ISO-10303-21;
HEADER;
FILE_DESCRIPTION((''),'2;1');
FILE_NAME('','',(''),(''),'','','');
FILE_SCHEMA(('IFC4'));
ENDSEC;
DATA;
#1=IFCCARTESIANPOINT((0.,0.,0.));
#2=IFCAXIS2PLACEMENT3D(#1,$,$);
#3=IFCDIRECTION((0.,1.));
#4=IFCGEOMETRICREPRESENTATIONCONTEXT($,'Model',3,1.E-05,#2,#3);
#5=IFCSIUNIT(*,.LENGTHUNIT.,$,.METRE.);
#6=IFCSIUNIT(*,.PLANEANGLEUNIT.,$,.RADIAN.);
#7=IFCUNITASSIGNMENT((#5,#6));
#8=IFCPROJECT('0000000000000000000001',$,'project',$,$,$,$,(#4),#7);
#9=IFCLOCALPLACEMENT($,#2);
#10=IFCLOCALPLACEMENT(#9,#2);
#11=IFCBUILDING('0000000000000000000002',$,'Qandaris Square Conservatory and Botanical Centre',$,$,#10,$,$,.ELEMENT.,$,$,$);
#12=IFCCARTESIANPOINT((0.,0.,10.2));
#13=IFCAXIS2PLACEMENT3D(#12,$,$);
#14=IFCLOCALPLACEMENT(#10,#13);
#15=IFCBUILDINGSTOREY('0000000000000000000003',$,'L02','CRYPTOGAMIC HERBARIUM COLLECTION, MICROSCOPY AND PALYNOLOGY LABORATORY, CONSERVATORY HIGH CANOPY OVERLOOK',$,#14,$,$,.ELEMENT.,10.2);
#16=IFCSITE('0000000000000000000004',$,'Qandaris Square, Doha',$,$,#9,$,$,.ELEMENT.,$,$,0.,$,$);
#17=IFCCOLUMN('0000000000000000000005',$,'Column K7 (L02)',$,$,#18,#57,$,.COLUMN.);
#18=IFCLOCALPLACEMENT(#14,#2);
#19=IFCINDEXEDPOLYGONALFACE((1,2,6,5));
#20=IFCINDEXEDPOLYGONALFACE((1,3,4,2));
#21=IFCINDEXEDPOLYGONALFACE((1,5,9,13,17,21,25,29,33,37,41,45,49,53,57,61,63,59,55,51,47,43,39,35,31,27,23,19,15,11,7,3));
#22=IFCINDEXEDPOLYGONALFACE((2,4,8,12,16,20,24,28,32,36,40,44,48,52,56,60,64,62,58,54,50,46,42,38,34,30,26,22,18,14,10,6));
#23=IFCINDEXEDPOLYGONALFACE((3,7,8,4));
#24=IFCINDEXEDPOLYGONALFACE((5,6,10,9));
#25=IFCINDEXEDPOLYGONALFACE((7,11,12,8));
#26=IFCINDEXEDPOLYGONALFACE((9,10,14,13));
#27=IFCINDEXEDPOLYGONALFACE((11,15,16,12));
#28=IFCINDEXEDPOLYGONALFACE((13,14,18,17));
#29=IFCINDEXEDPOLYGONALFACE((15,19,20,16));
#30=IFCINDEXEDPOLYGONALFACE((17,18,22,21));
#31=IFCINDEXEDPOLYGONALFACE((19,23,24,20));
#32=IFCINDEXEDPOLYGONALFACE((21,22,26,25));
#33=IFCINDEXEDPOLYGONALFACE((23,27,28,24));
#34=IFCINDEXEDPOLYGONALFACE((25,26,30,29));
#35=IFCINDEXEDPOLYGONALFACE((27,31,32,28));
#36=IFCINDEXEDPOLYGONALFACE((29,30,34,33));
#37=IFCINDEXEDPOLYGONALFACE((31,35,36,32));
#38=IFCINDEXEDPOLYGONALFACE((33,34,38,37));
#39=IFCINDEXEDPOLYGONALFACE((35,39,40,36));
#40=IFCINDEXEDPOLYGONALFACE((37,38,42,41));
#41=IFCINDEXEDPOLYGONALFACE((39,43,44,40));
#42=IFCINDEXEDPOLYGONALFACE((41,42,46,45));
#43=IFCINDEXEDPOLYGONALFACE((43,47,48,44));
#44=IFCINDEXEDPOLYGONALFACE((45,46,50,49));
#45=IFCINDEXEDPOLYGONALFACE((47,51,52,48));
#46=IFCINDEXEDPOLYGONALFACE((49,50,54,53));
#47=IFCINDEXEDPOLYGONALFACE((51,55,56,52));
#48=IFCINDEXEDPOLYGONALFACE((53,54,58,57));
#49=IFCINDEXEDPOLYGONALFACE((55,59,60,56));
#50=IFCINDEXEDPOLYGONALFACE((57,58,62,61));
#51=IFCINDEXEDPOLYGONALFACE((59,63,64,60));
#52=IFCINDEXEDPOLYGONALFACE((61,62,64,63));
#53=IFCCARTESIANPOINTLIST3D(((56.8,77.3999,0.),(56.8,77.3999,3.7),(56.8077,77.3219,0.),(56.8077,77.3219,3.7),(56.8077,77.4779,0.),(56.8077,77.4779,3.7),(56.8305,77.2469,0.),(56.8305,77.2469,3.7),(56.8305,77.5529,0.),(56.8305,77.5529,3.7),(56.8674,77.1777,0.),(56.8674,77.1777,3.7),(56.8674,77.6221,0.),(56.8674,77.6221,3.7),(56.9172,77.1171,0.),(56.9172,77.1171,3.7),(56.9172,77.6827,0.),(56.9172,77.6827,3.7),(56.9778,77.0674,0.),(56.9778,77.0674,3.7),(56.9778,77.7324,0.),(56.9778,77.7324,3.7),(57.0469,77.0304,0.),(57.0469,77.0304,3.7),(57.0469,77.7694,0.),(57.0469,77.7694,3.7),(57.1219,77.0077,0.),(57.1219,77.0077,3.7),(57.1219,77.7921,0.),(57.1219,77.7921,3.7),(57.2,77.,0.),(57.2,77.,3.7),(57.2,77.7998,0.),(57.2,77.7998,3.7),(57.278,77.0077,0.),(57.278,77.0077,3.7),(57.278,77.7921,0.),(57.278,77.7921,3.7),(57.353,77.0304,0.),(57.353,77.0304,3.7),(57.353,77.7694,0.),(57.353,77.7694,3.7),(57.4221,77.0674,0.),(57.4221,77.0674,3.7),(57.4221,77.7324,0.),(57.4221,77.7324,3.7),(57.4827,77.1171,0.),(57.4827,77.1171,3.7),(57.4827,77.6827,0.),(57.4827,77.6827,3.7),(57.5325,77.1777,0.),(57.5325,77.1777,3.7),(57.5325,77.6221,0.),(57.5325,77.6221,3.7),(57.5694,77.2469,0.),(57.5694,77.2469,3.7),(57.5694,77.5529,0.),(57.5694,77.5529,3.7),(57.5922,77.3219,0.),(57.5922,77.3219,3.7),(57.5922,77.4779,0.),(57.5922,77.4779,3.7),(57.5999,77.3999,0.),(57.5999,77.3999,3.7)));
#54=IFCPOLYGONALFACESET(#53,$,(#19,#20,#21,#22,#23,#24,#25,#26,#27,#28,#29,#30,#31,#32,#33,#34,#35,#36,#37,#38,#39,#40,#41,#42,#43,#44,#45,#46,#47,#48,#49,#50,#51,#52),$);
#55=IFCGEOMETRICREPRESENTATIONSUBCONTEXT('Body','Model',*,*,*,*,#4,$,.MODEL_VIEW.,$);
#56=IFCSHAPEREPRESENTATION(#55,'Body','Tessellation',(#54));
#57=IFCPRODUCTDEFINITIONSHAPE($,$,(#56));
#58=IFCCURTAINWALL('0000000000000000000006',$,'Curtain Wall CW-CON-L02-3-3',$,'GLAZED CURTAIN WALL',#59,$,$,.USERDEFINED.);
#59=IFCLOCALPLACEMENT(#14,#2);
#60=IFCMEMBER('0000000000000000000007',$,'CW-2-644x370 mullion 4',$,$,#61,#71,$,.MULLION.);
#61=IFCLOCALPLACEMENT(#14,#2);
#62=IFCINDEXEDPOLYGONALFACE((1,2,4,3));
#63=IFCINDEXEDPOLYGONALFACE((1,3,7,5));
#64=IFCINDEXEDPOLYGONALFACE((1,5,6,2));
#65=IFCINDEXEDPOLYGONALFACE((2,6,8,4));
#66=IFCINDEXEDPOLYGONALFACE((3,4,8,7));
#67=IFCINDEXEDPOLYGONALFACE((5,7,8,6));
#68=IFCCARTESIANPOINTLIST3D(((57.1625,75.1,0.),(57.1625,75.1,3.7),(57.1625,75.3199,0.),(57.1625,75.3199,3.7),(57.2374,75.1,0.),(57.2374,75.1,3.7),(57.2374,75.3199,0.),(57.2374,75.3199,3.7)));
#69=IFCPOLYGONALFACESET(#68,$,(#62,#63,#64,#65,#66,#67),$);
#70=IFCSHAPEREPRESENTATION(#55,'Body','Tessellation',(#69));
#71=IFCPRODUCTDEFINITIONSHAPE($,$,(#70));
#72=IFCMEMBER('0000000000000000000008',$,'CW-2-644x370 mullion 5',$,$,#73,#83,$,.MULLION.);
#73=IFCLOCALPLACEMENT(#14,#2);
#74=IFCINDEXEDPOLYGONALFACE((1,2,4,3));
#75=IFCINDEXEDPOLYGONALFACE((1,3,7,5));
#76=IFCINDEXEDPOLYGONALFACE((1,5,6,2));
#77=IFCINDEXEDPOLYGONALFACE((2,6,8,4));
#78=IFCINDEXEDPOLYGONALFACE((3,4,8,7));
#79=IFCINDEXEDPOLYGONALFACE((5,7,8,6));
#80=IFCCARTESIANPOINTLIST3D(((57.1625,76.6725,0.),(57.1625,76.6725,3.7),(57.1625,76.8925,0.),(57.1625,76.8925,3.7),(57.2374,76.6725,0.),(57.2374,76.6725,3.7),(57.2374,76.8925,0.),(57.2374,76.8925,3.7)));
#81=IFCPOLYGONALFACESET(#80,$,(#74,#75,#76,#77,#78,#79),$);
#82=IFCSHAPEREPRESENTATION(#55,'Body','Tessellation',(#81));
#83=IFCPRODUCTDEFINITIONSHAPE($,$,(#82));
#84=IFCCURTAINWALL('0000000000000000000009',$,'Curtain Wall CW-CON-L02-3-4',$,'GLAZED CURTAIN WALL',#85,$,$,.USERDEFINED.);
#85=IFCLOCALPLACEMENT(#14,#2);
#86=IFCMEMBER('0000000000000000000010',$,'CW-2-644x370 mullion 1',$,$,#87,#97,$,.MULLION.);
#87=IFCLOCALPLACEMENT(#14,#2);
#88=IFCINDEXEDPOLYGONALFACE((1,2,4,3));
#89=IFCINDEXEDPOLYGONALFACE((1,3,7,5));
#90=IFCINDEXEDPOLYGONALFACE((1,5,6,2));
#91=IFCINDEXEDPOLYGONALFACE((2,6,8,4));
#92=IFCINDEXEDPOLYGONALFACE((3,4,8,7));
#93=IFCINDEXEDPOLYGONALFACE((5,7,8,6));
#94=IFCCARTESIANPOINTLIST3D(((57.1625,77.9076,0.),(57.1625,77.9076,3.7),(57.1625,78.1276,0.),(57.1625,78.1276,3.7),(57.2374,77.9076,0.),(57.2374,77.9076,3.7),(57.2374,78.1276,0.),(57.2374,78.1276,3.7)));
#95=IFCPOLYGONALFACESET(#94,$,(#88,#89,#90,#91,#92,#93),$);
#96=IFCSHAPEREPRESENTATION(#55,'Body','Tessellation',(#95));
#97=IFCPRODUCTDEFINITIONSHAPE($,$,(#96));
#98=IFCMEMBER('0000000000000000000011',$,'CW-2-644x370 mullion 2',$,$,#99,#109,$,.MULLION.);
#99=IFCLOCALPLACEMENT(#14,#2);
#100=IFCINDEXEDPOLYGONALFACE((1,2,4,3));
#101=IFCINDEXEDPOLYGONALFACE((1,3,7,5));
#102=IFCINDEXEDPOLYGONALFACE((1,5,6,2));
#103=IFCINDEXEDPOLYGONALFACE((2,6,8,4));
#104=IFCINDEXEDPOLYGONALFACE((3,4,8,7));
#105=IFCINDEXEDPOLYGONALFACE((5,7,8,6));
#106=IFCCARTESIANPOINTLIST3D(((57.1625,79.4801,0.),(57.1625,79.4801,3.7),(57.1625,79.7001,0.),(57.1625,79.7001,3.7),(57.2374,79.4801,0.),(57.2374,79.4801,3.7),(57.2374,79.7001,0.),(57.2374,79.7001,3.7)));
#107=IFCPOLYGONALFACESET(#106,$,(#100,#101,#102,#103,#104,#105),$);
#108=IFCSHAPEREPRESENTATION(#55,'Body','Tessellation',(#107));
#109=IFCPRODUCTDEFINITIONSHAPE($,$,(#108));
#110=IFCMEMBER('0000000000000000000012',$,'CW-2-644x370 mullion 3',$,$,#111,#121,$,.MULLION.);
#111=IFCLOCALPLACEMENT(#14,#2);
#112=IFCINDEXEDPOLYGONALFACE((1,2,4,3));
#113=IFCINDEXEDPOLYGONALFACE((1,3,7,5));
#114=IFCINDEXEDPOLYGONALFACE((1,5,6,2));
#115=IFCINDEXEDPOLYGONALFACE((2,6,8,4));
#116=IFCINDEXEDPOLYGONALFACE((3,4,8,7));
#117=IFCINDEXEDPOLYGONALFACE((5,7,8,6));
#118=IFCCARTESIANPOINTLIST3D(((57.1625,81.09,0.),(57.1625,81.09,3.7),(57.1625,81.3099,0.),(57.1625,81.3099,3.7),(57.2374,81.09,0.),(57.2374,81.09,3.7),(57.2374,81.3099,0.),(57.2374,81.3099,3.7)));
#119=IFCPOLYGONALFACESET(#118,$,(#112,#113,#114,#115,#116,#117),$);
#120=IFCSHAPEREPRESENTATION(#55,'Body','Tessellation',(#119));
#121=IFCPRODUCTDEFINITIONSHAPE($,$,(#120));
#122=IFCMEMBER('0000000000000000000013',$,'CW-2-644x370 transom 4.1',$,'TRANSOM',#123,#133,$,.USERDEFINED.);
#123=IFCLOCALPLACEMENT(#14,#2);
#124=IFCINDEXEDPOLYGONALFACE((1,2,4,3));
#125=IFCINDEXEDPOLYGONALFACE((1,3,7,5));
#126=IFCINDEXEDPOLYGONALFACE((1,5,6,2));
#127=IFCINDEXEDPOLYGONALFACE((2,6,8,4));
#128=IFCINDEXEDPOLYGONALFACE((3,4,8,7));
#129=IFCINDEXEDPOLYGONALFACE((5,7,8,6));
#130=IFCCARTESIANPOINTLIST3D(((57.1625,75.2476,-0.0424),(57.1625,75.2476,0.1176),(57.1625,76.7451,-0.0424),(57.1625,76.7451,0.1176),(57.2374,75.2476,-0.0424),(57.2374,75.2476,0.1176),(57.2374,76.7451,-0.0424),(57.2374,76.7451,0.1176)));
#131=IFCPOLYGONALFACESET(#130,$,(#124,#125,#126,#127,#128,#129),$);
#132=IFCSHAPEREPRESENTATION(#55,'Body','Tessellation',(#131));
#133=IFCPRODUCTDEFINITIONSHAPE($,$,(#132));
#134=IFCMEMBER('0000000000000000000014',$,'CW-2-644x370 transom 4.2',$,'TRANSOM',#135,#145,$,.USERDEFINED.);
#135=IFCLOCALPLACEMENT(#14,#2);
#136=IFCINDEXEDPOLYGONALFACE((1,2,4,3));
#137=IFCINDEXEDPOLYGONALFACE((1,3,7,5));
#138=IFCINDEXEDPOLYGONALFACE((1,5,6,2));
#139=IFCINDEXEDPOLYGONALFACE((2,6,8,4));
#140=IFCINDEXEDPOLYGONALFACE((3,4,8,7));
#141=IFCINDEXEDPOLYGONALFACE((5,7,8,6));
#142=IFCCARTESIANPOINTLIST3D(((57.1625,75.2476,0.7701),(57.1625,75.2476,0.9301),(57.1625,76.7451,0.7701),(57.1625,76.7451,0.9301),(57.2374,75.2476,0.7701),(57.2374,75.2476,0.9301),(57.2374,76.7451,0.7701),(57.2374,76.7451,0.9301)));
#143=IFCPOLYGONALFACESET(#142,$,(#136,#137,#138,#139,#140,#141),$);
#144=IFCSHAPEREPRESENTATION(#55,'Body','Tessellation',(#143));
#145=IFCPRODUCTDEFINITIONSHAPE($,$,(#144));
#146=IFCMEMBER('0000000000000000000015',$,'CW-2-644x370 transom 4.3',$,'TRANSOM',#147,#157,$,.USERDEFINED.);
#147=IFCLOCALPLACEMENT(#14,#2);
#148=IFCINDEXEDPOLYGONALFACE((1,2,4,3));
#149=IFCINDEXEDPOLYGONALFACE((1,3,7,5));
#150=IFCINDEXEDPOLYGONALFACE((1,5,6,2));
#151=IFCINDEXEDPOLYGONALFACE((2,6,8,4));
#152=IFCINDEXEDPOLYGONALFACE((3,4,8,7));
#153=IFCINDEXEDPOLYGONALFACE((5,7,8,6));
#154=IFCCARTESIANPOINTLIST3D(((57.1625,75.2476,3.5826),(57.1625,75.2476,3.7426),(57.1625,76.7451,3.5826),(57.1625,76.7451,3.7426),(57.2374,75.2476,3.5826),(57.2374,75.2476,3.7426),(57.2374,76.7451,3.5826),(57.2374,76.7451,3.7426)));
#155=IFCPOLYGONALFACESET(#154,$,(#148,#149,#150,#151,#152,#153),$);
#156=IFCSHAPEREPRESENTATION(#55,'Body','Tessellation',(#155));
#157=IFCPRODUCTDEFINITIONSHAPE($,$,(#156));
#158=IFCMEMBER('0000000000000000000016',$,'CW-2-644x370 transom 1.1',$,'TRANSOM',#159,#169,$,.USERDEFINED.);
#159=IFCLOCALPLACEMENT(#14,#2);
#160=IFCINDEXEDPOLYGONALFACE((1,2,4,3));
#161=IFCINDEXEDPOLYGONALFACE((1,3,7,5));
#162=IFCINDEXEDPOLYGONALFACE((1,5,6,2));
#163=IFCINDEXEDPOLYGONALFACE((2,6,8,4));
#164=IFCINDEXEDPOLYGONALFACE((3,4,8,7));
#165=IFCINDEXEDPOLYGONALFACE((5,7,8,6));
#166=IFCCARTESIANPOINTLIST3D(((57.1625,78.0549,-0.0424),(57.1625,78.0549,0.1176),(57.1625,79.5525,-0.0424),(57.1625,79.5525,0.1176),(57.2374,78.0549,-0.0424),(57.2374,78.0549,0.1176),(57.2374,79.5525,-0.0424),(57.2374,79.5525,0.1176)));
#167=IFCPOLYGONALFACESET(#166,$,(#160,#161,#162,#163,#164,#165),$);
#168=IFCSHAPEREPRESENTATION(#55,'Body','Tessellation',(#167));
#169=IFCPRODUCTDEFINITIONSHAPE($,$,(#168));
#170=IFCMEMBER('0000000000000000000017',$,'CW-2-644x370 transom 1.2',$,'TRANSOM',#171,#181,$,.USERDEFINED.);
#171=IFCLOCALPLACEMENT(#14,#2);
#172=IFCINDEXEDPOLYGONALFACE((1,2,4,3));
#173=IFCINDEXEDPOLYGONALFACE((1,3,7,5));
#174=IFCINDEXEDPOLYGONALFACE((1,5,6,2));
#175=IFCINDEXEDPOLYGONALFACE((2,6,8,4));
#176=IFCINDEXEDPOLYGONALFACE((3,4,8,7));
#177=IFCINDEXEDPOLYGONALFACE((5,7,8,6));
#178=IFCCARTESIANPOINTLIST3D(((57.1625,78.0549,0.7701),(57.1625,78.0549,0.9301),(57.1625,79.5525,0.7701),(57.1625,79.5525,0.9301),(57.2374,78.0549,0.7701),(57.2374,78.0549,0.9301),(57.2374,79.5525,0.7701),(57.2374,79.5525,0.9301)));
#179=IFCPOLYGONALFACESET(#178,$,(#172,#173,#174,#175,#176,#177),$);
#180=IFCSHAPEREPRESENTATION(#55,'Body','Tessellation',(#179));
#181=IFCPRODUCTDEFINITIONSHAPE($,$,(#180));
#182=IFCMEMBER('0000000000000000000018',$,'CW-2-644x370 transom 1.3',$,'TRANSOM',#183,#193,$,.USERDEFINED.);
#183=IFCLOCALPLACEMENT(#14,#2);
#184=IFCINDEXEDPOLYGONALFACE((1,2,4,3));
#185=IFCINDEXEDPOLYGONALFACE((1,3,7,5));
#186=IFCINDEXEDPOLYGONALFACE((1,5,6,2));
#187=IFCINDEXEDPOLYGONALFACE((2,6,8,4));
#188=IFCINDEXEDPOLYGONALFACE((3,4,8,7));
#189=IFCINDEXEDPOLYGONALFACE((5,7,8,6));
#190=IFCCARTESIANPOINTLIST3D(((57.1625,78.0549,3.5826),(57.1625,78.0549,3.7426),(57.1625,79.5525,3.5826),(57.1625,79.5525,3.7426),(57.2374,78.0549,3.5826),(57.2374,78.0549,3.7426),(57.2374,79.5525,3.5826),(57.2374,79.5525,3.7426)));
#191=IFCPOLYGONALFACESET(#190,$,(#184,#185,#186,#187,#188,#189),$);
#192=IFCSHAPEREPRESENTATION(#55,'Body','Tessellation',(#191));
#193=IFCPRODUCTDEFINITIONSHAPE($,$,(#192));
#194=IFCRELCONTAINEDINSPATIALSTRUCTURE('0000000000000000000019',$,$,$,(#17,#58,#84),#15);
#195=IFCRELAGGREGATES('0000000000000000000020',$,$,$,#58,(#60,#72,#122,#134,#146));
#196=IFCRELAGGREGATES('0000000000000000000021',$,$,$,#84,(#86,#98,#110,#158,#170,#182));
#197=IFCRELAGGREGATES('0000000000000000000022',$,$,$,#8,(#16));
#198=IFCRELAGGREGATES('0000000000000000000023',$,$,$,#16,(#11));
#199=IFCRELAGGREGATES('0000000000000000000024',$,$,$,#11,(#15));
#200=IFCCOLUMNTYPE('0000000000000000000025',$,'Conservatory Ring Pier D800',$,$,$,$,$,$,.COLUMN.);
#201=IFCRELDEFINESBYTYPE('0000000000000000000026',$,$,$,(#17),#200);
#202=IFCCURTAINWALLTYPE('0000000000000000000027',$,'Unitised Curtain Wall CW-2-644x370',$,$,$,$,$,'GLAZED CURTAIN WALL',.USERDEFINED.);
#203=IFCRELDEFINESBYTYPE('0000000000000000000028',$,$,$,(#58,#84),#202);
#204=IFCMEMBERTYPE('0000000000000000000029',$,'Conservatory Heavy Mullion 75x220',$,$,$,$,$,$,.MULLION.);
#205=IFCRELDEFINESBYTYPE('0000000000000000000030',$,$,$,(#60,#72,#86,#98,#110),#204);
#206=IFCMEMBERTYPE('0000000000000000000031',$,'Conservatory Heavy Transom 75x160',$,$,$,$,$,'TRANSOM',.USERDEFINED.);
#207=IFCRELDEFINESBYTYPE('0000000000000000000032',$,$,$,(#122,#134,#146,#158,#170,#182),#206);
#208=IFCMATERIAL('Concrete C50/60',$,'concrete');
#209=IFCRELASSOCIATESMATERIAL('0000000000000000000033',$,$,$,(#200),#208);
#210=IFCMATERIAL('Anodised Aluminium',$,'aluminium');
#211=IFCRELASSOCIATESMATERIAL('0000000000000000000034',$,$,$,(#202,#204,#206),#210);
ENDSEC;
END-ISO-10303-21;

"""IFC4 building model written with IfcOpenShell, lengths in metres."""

from ifc_helpers import new_model, si_unit, direction, frame, origin, origin_2d, place, context, subcontext, project, spatial, rectangle, circle, extrude, material, material_profile, profile_set, type_object, element, aggregate, save


model = new_model("IFC4")

# Units and contexts
model_context = context("Model", 3, precision=1e-05, world=origin(), true_north=direction((0.0, 1.0)))
body_context = subcontext(model_context, "Body", "Model", "MODEL_VIEW")
ifc_project = project(units=[si_unit("LENGTHUNIT", "METRE"), si_unit("PLANEANGLEUNIT", "RADIAN")], contexts=[model_context])

# Site, building, storey
site_placement = place(None, origin())
site = spatial("IfcSite", under=ifc_project, at=site_placement, Name="Qandaris Square, Doha", CompositionType="ELEMENT", RefElevation=0.0)
building_placement = place(site_placement, origin())
building = spatial("IfcBuilding", under=site, at=building_placement, Name="Qandaris Square Conservatory and Botanical Centre", CompositionType="ELEMENT")
storey_placement = place(building_placement, frame((0.0, 0.0, 10.2)))
storey = spatial("IfcBuildingStorey", under=building, at=storey_placement, Name="L02", Description="CRYPTOGAMIC HERBARIUM COLLECTION, MICROSCOPY AND PALYNOLOGY LABORATORY, CONSERVATORY HIGH CANOPY OVERLOOK", CompositionType="ELEMENT", Elevation=10.2)

# Column
ifc_material_1 = material(Name="Concrete C50/60", Category="concrete")
ifc_material_profile_1 = material_profile(ifc_material_1, circle(Radius=0.3999, at=origin_2d()), Name="RC-COL D800")
ifc_profile_set_1 = profile_set([ifc_material_profile_1], Name="Concrete C50/60")
column_type = type_object("IfcColumnType", Name="Conservatory Ring Pier D800", PredefinedType="COLUMN", material=ifc_profile_set_1)
column_placement = place(storey_placement, frame((57.2, 77.3999, 0.0), z_axis=(0.0, 0.0, 1.0), x_axis=(1.0, 0.0, 0.0)))
element("IfcColumn", 1, at=column_placement, inside=storey, type_object=column_type, Name="Column K7 (L02)", PredefinedType="COLUMN", context=body_context, shape_type="SweptSolid", body=[
    extrude(circle(Radius=0.3999, at=origin_2d()), origin(), (0.0, 0.0, 1.0), 3.7),
])

# Curtain walls, members
ifc_material_2 = material(Name="Anodised Aluminium", Category="aluminium")
curtain_wall_type = type_object("IfcCurtainWallType", Name="Unitised Curtain Wall CW-2-644x370", ElementType="GLAZED CURTAIN WALL", PredefinedType="USERDEFINED", material=ifc_material_2)
curtain_wall_1_placement = place(storey_placement, origin())
curtain_wall_1 = element("IfcCurtainWall", 2, at=curtain_wall_1_placement, inside=storey, type_object=curtain_wall_type, Name="Curtain Wall CW-CON-L02-3-3", ObjectType="GLAZED CURTAIN WALL", PredefinedType="USERDEFINED")
ifc_material_profile_2 = material_profile(ifc_material_2, rectangle(XDim=0.075, YDim=0.22, at=origin_2d()), Name="ALU-MUL 75x220")
ifc_profile_set_2 = profile_set([ifc_material_profile_2], Name="Anodised Aluminium")
member_type_1 = type_object("IfcMemberType", Name="Conservatory Heavy Mullion 75x220", PredefinedType="MULLION", material=ifc_profile_set_2)
member_1_placement = place(storey_placement, frame((57.2, 75.21, 0.0), z_axis=(0.0, 0.0, 1.0), x_axis=(-1.0, 0.0, 0.0)))
member_1 = element("IfcMember", 3, at=member_1_placement, type_object=member_type_1, Name="CW-2-644x370 mullion 4", PredefinedType="MULLION", context=body_context, shape_type="SweptSolid", body=[
    extrude(rectangle(XDim=0.075, YDim=0.22, at=origin_2d()), origin(), (0.0, 0.0, 1.0), 3.7),
])
member_2_placement = place(storey_placement, frame((57.2, 76.7825, 0.0), z_axis=(0.0, 0.0, 1.0), x_axis=(-1.0, 0.0, 0.0)))
member_2 = element("IfcMember", 4, at=member_2_placement, type_object=member_type_1, Name="CW-2-644x370 mullion 5", PredefinedType="MULLION", context=body_context, shape_type="SweptSolid", body=[
    extrude(rectangle(XDim=0.075, YDim=0.22, at=origin_2d()), origin(), (0.0, 0.0, 1.0), 3.7),
])
curtain_wall_2_placement = place(storey_placement, origin())
curtain_wall_2 = element("IfcCurtainWall", 5, at=curtain_wall_2_placement, inside=storey, type_object=curtain_wall_type, Name="Curtain Wall CW-CON-L02-3-4", ObjectType="GLAZED CURTAIN WALL", PredefinedType="USERDEFINED")
member_3_placement = place(storey_placement, frame((57.2, 78.0176, 0.0), z_axis=(0.0, 0.0, 1.0), x_axis=(-1.0, 0.0, 0.0)))
member_3 = element("IfcMember", 6, at=member_3_placement, type_object=member_type_1, Name="CW-2-644x370 mullion 1", PredefinedType="MULLION", context=body_context, shape_type="SweptSolid", body=[
    extrude(rectangle(XDim=0.075, YDim=0.22, at=origin_2d()), origin(), (0.0, 0.0, 1.0), 3.7),
])
member_4_placement = place(storey_placement, frame((57.2, 79.5901, 0.0), z_axis=(0.0, 0.0, 1.0), x_axis=(-1.0, 0.0, 0.0)))
member_4 = element("IfcMember", 7, at=member_4_placement, type_object=member_type_1, Name="CW-2-644x370 mullion 2", PredefinedType="MULLION", context=body_context, shape_type="SweptSolid", body=[
    extrude(rectangle(XDim=0.075, YDim=0.22, at=origin_2d()), origin(), (0.0, 0.0, 1.0), 3.7),
])
member_5_placement = place(storey_placement, frame((57.2, 81.2, 0.0), z_axis=(0.0, 0.0, 1.0), x_axis=(-1.0, 0.0, 0.0)))
member_5 = element("IfcMember", 8, at=member_5_placement, type_object=member_type_1, Name="CW-2-644x370 mullion 3", PredefinedType="MULLION", context=body_context, shape_type="SweptSolid", body=[
    extrude(rectangle(XDim=0.075, YDim=0.22, at=origin_2d()), origin(), (0.0, 0.0, 1.0), 3.7),
])

# Members
ifc_material_profile_3 = material_profile(ifc_material_2, rectangle(XDim=0.075, YDim=0.1599, at=origin_2d()), Name="ALU-TRN 75x160")
ifc_profile_set_3 = profile_set([ifc_material_profile_3], Name="Anodised Aluminium")
member_type_2 = type_object("IfcMemberType", Name="Conservatory Heavy Transom 75x160", ElementType="TRANSOM", PredefinedType="USERDEFINED", material=ifc_profile_set_3)
member_6_placement = place(storey_placement, frame((57.2, 75.2476, 0.0376), z_axis=(0.0, 1.0, 0.0), x_axis=(-1.0, 0.0, 0.0)))
member_6 = element("IfcMember", 9, at=member_6_placement, type_object=member_type_2, Name="CW-2-644x370 transom 4.1", ObjectType="TRANSOM", PredefinedType="USERDEFINED", context=body_context, shape_type="SweptSolid", body=[
    extrude(rectangle(XDim=0.075, YDim=0.1599, at=origin_2d()), origin(), (0.0, 0.0, 1.0), 1.4976),
])
member_7_placement = place(storey_placement, frame((57.2, 75.2476, 0.8501), z_axis=(0.0, 1.0, 0.0), x_axis=(-1.0, 0.0, 0.0)))
member_7 = element("IfcMember", 10, at=member_7_placement, type_object=member_type_2, Name="CW-2-644x370 transom 4.2", ObjectType="TRANSOM", PredefinedType="USERDEFINED", context=body_context, shape_type="SweptSolid", body=[
    extrude(rectangle(XDim=0.075, YDim=0.1599, at=origin_2d()), origin(), (0.0, 0.0, 1.0), 1.4976),
])
member_8_placement = place(storey_placement, frame((57.2, 75.2476, 3.6626), z_axis=(0.0, 1.0, 0.0), x_axis=(-1.0, 0.0, 0.0)))
member_8 = element("IfcMember", 11, at=member_8_placement, type_object=member_type_2, Name="CW-2-644x370 transom 4.3", ObjectType="TRANSOM", PredefinedType="USERDEFINED", context=body_context, shape_type="SweptSolid", body=[
    extrude(rectangle(XDim=0.075, YDim=0.1599, at=origin_2d()), origin(), (0.0, 0.0, 1.0), 1.4976),
])
member_9_placement = place(storey_placement, frame((57.2, 78.0549, 0.0376), z_axis=(0.0, 1.0, 0.0), x_axis=(-1.0, 0.0, 0.0)))
member_9 = element("IfcMember", 12, at=member_9_placement, type_object=member_type_2, Name="CW-2-644x370 transom 1.1", ObjectType="TRANSOM", PredefinedType="USERDEFINED", context=body_context, shape_type="SweptSolid", body=[
    extrude(rectangle(XDim=0.075, YDim=0.1599, at=origin_2d()), origin(), (0.0, 0.0, 1.0), 1.4976),
])
member_10_placement = place(storey_placement, frame((57.2, 78.0549, 0.8501), z_axis=(0.0, 1.0, 0.0), x_axis=(-1.0, 0.0, 0.0)))
member_10 = element("IfcMember", 13, at=member_10_placement, type_object=member_type_2, Name="CW-2-644x370 transom 1.2", ObjectType="TRANSOM", PredefinedType="USERDEFINED", context=body_context, shape_type="SweptSolid", body=[
    extrude(rectangle(XDim=0.075, YDim=0.1599, at=origin_2d()), origin(), (0.0, 0.0, 1.0), 1.4976),
])
member_11_placement = place(storey_placement, frame((57.2, 78.0549, 3.6626), z_axis=(0.0, 1.0, 0.0), x_axis=(-1.0, 0.0, 0.0)))
member_11 = element("IfcMember", 14, at=member_11_placement, type_object=member_type_2, Name="CW-2-644x370 transom 1.3", ObjectType="TRANSOM", PredefinedType="USERDEFINED", context=body_context, shape_type="SweptSolid", body=[
    extrude(rectangle(XDim=0.075, YDim=0.1599, at=origin_2d()), origin(), (0.0, 0.0, 1.0), 1.4976),
])

aggregate(curtain_wall_1, [member_1, member_2, member_6, member_7, member_8])
aggregate(curtain_wall_2, [member_3, member_4, member_5, member_9, member_10, member_11])

save(model, "model.ifc")
